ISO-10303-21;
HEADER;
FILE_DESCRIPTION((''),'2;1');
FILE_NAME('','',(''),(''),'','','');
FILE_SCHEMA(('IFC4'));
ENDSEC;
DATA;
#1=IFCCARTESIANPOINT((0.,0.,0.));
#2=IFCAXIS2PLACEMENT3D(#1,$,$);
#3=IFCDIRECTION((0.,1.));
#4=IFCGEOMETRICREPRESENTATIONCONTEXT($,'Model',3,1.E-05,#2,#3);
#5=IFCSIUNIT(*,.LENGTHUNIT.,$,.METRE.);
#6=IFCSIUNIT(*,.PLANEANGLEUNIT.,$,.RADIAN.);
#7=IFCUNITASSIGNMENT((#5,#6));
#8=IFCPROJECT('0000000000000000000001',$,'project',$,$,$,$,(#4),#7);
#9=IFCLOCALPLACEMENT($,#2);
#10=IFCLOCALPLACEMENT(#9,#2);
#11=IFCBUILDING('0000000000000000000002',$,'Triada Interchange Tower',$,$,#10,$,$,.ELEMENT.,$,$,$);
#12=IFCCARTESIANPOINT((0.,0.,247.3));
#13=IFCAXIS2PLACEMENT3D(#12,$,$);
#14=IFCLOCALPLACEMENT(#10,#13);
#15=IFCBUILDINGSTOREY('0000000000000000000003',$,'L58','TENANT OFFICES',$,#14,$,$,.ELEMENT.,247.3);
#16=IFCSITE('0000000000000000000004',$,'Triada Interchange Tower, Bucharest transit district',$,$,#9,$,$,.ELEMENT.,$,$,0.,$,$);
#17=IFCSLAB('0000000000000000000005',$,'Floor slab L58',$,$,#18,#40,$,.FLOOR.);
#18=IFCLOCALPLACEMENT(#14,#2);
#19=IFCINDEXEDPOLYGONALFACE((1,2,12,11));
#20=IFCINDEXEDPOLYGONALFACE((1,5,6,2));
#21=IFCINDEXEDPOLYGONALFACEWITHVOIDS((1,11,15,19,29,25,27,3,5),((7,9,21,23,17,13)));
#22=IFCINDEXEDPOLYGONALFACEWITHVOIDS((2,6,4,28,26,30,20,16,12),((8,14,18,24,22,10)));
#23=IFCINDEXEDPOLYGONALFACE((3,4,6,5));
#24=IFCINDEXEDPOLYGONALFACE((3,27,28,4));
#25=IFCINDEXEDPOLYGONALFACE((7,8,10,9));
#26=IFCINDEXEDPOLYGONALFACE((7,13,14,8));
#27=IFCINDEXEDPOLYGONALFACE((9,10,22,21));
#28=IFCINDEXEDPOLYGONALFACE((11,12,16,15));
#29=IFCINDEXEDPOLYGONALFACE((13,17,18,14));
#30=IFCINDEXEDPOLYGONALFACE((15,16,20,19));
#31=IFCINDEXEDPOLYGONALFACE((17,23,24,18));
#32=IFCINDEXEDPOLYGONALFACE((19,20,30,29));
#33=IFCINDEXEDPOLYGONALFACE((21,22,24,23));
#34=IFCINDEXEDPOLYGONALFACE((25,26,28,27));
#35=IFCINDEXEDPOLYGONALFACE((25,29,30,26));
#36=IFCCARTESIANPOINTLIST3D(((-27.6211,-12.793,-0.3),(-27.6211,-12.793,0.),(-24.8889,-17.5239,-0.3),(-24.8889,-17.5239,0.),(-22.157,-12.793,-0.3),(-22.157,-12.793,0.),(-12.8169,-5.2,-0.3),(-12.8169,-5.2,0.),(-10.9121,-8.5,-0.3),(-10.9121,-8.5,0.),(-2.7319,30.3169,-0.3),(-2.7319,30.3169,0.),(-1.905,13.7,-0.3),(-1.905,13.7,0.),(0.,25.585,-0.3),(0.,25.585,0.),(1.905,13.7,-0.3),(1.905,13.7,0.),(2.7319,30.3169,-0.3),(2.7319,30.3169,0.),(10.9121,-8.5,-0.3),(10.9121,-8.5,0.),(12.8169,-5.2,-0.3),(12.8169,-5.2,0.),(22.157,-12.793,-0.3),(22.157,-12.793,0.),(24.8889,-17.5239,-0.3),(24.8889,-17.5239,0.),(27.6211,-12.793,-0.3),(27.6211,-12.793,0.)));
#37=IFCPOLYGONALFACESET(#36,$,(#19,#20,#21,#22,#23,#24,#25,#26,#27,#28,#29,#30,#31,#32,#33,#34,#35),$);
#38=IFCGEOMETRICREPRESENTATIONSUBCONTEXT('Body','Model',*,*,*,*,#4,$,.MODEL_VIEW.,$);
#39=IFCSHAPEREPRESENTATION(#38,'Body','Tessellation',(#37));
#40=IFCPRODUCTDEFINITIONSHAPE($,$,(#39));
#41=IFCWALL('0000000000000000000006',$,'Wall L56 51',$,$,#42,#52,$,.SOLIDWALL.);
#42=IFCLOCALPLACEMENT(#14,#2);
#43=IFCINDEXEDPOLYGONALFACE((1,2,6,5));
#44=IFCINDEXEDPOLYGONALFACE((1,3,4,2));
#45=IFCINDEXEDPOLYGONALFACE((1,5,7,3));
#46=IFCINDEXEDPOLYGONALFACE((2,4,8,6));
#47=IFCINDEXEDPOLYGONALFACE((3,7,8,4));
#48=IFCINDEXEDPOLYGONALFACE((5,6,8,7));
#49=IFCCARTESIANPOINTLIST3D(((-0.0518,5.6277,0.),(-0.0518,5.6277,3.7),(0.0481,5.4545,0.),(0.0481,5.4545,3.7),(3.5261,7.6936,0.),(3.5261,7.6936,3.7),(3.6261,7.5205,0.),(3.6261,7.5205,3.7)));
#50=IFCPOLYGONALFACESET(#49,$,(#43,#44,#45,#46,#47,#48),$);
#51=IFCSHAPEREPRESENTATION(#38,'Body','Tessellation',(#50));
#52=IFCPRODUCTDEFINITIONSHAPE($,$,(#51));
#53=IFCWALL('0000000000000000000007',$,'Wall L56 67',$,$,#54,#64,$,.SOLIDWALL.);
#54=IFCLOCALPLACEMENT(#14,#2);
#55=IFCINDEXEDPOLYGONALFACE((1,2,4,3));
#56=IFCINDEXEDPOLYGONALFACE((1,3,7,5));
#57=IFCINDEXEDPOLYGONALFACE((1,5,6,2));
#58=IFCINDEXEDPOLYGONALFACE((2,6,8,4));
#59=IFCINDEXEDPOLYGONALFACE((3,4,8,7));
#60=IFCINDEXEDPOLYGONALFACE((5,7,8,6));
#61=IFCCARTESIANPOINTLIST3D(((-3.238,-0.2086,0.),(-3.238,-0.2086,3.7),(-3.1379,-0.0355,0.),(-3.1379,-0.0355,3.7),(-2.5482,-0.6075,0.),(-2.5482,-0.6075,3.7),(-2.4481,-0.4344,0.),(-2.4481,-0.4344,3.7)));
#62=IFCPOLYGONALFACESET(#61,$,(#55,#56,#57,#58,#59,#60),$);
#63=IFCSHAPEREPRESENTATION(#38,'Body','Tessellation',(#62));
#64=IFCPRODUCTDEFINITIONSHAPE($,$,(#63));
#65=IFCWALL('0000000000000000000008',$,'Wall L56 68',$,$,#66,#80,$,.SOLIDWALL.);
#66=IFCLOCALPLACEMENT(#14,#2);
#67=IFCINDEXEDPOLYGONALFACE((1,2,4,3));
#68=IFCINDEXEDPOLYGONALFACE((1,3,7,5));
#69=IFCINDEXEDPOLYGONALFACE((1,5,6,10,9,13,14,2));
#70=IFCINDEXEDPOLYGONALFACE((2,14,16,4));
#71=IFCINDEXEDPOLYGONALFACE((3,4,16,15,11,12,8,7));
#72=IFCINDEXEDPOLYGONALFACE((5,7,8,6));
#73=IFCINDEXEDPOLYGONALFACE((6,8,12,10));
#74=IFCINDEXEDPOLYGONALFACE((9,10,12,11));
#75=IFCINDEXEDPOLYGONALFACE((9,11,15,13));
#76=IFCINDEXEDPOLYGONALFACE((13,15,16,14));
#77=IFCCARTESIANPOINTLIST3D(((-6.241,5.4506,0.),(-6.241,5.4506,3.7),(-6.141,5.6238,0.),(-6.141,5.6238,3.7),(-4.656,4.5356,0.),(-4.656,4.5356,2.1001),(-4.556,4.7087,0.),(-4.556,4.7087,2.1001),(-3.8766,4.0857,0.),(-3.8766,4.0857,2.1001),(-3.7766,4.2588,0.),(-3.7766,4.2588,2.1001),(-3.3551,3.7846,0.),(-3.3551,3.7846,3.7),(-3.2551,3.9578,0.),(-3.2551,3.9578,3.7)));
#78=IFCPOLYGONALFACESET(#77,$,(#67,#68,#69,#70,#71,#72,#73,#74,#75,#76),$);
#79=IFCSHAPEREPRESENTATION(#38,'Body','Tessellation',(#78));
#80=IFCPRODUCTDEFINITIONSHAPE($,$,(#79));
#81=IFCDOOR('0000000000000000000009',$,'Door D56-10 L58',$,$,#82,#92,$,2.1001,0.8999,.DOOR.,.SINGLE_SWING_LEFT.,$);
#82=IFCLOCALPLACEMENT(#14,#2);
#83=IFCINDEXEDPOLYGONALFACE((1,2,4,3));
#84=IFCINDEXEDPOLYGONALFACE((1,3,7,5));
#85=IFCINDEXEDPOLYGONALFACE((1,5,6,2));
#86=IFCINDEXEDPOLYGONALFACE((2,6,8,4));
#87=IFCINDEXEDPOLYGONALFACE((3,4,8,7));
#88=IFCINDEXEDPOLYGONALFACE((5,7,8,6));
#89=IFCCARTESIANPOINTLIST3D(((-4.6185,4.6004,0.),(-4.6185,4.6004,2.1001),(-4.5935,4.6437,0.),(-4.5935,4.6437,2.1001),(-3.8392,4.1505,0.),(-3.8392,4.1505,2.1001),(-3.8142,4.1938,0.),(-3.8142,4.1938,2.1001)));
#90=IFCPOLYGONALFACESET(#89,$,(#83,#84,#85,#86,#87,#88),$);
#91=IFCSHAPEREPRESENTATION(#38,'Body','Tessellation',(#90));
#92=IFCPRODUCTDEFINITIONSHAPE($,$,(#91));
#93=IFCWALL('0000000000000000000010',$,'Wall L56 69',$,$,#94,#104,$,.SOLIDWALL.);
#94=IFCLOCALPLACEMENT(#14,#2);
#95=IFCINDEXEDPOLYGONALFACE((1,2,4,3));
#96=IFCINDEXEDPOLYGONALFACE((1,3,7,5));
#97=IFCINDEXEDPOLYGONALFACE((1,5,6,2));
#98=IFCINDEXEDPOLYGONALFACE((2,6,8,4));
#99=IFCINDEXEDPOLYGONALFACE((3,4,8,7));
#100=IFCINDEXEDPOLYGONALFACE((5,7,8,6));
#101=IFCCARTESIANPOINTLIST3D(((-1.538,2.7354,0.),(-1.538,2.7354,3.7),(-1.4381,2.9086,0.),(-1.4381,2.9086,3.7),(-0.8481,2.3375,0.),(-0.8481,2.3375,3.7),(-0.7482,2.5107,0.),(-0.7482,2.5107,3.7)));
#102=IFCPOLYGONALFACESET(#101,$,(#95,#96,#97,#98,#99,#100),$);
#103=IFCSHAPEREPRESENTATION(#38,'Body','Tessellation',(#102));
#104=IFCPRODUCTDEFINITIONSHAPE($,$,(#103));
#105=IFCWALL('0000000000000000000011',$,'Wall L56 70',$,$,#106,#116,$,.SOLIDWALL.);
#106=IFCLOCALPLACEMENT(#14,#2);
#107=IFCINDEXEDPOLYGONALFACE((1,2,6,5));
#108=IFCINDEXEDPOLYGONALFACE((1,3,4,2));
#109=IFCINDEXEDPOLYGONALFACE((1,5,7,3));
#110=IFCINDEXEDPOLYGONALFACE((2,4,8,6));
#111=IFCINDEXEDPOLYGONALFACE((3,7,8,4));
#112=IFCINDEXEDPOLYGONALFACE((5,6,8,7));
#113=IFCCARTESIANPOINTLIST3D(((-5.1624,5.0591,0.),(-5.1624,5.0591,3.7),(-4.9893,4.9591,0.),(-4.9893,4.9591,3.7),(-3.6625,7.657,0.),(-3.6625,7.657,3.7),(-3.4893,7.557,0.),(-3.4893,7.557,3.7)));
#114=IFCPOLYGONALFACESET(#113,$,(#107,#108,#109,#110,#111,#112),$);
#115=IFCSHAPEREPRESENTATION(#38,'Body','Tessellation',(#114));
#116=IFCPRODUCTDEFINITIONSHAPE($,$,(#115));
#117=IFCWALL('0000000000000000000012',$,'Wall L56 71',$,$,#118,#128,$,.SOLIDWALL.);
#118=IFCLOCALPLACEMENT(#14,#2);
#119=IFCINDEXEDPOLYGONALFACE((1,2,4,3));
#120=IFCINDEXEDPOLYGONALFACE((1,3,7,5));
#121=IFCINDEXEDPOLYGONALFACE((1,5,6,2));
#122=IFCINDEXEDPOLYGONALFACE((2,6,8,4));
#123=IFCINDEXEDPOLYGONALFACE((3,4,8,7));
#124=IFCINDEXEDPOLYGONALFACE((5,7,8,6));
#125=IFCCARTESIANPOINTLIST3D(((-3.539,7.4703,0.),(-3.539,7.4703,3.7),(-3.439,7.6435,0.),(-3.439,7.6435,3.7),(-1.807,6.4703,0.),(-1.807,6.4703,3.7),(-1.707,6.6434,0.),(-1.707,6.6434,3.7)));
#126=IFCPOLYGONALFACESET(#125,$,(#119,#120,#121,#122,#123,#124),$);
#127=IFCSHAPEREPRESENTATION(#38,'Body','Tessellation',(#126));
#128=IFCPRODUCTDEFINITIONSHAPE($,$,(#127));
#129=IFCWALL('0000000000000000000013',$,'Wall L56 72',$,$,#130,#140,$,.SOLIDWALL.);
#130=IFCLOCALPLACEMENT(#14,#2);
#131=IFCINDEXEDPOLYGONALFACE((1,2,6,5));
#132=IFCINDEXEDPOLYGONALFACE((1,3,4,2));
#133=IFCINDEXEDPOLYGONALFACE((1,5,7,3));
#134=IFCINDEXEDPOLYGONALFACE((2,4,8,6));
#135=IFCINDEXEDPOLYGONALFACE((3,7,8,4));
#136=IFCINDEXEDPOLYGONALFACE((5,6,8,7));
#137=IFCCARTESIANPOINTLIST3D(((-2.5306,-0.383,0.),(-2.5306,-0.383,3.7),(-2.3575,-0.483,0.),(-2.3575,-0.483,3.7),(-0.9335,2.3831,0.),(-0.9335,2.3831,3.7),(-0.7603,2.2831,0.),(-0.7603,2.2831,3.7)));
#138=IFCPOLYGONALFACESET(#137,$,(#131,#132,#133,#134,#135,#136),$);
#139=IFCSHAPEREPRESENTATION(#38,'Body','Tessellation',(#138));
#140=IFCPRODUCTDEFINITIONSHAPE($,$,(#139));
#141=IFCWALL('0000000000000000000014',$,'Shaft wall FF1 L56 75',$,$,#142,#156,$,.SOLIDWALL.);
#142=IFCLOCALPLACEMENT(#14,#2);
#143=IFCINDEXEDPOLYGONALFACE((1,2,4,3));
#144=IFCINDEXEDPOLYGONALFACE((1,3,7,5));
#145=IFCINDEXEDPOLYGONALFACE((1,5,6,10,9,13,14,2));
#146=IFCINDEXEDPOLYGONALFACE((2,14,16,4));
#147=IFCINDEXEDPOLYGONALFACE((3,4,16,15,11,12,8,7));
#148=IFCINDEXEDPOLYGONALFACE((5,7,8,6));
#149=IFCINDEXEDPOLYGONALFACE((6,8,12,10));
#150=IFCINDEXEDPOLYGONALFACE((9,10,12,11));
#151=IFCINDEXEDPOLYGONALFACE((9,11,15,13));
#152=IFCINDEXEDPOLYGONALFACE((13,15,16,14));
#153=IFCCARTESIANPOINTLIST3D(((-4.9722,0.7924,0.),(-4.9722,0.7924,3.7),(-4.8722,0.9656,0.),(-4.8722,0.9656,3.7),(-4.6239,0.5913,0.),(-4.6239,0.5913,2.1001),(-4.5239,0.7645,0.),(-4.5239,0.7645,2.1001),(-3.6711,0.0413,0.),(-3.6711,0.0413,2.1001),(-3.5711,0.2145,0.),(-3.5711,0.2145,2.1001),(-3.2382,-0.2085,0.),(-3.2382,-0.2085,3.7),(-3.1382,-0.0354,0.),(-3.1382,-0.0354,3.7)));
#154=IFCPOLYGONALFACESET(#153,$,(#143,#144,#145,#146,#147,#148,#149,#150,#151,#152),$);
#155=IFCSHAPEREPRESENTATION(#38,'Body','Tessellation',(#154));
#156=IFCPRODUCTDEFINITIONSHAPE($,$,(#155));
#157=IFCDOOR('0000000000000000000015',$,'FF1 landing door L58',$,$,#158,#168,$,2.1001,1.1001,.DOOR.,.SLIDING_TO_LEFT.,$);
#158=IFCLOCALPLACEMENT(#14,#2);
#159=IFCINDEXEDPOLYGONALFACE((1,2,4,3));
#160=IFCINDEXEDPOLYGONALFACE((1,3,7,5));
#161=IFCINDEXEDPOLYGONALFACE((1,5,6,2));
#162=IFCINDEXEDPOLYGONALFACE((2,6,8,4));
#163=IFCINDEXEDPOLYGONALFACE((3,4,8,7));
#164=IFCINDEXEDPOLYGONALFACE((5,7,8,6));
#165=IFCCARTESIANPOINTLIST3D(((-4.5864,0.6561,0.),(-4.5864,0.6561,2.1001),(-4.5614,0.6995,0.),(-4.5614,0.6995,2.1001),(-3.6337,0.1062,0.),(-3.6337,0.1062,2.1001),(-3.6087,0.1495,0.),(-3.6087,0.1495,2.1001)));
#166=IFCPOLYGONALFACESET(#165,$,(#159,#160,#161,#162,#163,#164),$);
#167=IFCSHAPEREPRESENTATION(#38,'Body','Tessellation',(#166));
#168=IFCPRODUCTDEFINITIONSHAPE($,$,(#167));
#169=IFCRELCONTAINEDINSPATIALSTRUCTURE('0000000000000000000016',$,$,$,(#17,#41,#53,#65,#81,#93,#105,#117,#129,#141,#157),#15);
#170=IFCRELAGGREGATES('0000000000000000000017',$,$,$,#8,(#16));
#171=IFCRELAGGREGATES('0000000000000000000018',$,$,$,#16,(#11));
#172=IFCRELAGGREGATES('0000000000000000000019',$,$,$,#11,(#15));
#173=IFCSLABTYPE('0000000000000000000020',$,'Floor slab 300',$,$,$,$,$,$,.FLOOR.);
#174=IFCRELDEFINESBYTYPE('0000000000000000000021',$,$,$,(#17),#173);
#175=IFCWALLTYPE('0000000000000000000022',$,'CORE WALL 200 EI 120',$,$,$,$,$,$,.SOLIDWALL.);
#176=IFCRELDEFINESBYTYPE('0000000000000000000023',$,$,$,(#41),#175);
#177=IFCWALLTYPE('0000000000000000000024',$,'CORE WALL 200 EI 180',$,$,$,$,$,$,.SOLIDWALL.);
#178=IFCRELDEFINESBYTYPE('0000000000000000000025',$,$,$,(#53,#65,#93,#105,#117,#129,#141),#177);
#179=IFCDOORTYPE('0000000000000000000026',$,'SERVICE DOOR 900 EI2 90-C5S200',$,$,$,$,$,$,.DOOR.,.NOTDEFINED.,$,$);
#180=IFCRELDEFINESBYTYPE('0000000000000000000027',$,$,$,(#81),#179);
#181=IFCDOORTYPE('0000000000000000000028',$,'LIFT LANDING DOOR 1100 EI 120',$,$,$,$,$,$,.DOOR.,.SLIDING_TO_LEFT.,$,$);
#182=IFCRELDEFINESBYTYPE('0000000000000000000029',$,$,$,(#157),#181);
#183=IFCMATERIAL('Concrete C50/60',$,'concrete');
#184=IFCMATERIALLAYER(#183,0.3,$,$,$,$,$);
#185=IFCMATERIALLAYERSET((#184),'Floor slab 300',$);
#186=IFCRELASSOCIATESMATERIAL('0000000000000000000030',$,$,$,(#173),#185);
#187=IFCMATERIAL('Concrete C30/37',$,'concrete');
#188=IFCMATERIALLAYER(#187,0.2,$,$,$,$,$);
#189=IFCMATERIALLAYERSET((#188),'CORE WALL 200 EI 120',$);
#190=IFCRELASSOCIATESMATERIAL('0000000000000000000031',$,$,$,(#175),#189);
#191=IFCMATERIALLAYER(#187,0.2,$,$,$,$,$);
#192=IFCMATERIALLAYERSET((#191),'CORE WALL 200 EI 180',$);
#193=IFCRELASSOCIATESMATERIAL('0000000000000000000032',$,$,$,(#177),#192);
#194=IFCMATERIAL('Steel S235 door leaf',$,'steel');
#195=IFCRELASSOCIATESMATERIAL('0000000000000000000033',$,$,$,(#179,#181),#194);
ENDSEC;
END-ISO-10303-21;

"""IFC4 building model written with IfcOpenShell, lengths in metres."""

from ifc_helpers import new_model, si_unit, direction, frame, frame_2d, origin, place, context, subcontext, project, spatial, polyline, rectangle, outline, extrude, material, layer, layer_set, type_object, element, fill, save


model = new_model("IFC4")

# Units and contexts
model_context = context("Model", 3, precision=1e-05, world=origin(), true_north=direction((0.0, 1.0)))
body_context = subcontext(model_context, "Body", "Model", "MODEL_VIEW")
ifc_project = project(units=[si_unit("LENGTHUNIT", "METRE"), si_unit("PLANEANGLEUNIT", "RADIAN")], contexts=[model_context])

# Site, building, storey
site_placement = place(None, origin())
site = spatial("IfcSite", under=ifc_project, at=site_placement, Name="Triada Interchange Tower, Bucharest transit district", CompositionType="ELEMENT", RefElevation=0.0)
building_placement = place(site_placement, origin())
building = spatial("IfcBuilding", under=site, at=building_placement, Name="Triada Interchange Tower", CompositionType="ELEMENT")
storey_placement = place(building_placement, frame((0.0, 0.0, 247.3)))
storey = spatial("IfcBuildingStorey", under=building, at=storey_placement, Name="L58", Description="TENANT OFFICES", CompositionType="ELEMENT", Elevation=247.3)

# Slab
ifc_material_1 = material(Name="Concrete C50/60", Category="concrete")
ifc_layer_1 = layer(ifc_material_1, 0.3)
ifc_layer_set_1 = layer_set([ifc_layer_1], Name="Floor slab 300")
slab_type = type_object("IfcSlabType", Name="Floor slab 300", PredefinedType="FLOOR", material=ifc_layer_set_1)
slab_placement = place(storey_placement, frame((0.0, 0.0, -0.3)))
element("IfcSlab", 1, at=slab_placement, inside=storey, type_object=slab_type, Name="Floor slab L58", PredefinedType="FLOOR", context=body_context, shape_type="SweptSolid", body=[
    extrude(outline(polyline([(-2.7319, 30.3169), (-27.6211, -12.793), (-22.157, -12.793), (-24.8889, -17.5239), (24.8889, -17.5239), (22.157, -12.793), (27.6211, -12.793), (2.7319, 30.3169), (0.0, 25.585), (-2.7319, 30.3169)]), holes=[polyline([(1.905, 13.7), (-1.905, 13.7), (-12.8169, -5.2), (-10.9121, -8.5), (10.9121, -8.5), (12.8169, -5.2), (1.905, 13.7)])]), origin(), (0.0, 0.0, 1.0), 0.3),
])

# Walls
ifc_material_2 = material(Name="Concrete C30/37", Category="concrete")
ifc_layer_2 = layer(ifc_material_2, 0.2)
ifc_layer_set_2 = layer_set([ifc_layer_2], Name="CORE WALL 200 EI 120")
wall_type_1 = type_object("IfcWallType", Name="CORE WALL 200 EI 120", PredefinedType="SOLIDWALL", material=ifc_layer_set_2)
wall_1_placement = place(storey_placement, frame((-0.002, 5.541, 0.0), z_axis=(0.0, 0.0, 1.0), x_axis=(0.866002, 0.500041, 0.0)))
element("IfcWall", 2, at=wall_1_placement, inside=storey, type_object=wall_type_1, Name="Wall L56 51", PredefinedType="SOLIDWALL", context=body_context, shape_type="SweptSolid", body=[
    extrude(rectangle(XDim=4.1316, YDim=0.2, at=frame_2d((2.0659, 0.0))), origin(), (0.0, 0.0, 1.0), 3.7),
])
ifc_layer_3 = layer(ifc_material_2, 0.2)
ifc_layer_set_3 = layer_set([ifc_layer_3], Name="CORE WALL 200 EI 180")
wall_type_2 = type_object("IfcWallType", Name="CORE WALL 200 EI 180", PredefinedType="SOLIDWALL", material=ifc_layer_set_3)
wall_2_placement = place(storey_placement, frame((-3.188, -0.1221, 0.0), z_axis=(0.0, 0.0, 1.0), x_axis=(0.865706, -0.500553, 0.0)))
element("IfcWall", 3, at=wall_2_placement, inside=storey, type_object=wall_type_2, Name="Wall L56 67", PredefinedType="SOLIDWALL", context=body_context, shape_type="SweptSolid", body=[
    extrude(rectangle(XDim=0.7969, YDim=0.2, at=frame_2d((0.3984, 0.0))), origin(), (0.0, 0.0, 1.0), 3.7),
])

# Wall, opening, door
wall_3_placement = place(storey_placement, frame((-6.1909, 5.5371, 0.0), z_axis=(0.0, 0.0, 1.0), x_axis=(0.866053, -0.499953, 0.0)))
wall_3 = element("IfcWall", 4, at=wall_3_placement, inside=storey, type_object=wall_type_2, Name="Wall L56 68", PredefinedType="SOLIDWALL", context=body_context, shape_type="SweptSolid", body=[
    extrude(rectangle(XDim=3.3323, YDim=0.2, at=frame_2d((1.666, 0.0))), origin(), (0.0, 0.0, 1.0), 3.7),
])
opening_1_placement = place(wall_3_placement, frame((1.8301, 0.0, 0.0)))
opening_1 = element("IfcOpeningElement", 5, at=opening_1_placement, cuts=wall_3, PredefinedType="OPENING", context=body_context, shape_type="SweptSolid", body=[
    extrude(rectangle(XDim=0.8999, YDim=2.1001, at=frame_2d((0.45, 1.05))), frame((0.0, 0.1099, 0.0), z_axis=(0.0, -1.0, 0.0), x_axis=(1.0, 0.0, 0.0)), (0.0, 0.0, 1.0), 0.22),
])
ifc_material_3 = material(Name="Steel S235 door leaf", Category="steel")
door_type_1 = type_object("IfcDoorType", Name="SERVICE DOOR 900 EI2 90-C5S200", OperationType="NOTDEFINED", PredefinedType="DOOR", material=ifc_material_3)
door_1_placement = place(opening_1_placement, origin())
door_1 = element("IfcDoor", 6, at=door_1_placement, inside=storey, type_object=door_type_1, Name="Door D56-10 L58", OperationType="SINGLE_SWING_LEFT", OverallHeight=2.1001, OverallWidth=0.8999, PredefinedType="DOOR", context=body_context, shape_type="SweptSolid", body=[
    extrude(rectangle(XDim=0.8999, YDim=2.1001, at=frame_2d((0.45, 1.05))), frame((0.0, 0.0249, 0.0), z_axis=(0.0, -1.0, 0.0), x_axis=(1.0, 0.0, 0.0)), (0.0, 0.0, 1.0), 0.05),
])
fill(opening_1, door_1)

# Walls
wall_4_placement = place(storey_placement, frame((-1.488, 2.822, 0.0), z_axis=(0.0, 0.0, 1.0), x_axis=(0.866237, -0.499634, 0.0)))
element("IfcWall", 7, at=wall_4_placement, inside=storey, type_object=wall_type_2, Name="Wall L56 69", PredefinedType="SOLIDWALL", context=body_context, shape_type="SweptSolid", body=[
    extrude(rectangle(XDim=0.7964, YDim=0.2, at=frame_2d((0.3982, 0.0))), origin(), (0.0, 0.0, 1.0), 3.7),
])
wall_5_placement = place(storey_placement, frame((-5.0759, 5.009, 0.0), z_axis=(0.0, 0.0, 1.0), x_axis=(0.500025, 0.866011, 0.0)))
element("IfcWall", 8, at=wall_5_placement, inside=storey, type_object=wall_type_2, Name="Wall L56 70", PredefinedType="SOLIDWALL", context=body_context, shape_type="SweptSolid", body=[
    extrude(rectangle(XDim=2.9998, YDim=0.2, at=frame_2d((1.5, 0.0))), origin(), (0.0, 0.0, 1.0), 3.7),
])
wall_6_placement = place(storey_placement, frame((-3.489, 7.5569, 0.0), z_axis=(0.0, 0.0, 1.0), x_axis=(0.866011, -0.500025, 0.0)))
element("IfcWall", 9, at=wall_6_placement, inside=storey, type_object=wall_type_2, Name="Wall L56 71", PredefinedType="SOLIDWALL", context=body_context, shape_type="SweptSolid", body=[
    extrude(rectangle(XDim=2.0, YDim=0.2, at=frame_2d((1.0, 0.0))), origin(), (0.0, 0.0, 1.0), 3.7),
])
wall_7_placement = place(storey_placement, frame((-2.4441, -0.4331, 0.0), z_axis=(0.0, 0.0, 1.0), x_axis=(0.500036, 0.866005, 0.0)))
element("IfcWall", 10, at=wall_7_placement, inside=storey, type_object=wall_type_2, Name="Wall L56 72", PredefinedType="SOLIDWALL", context=body_context, shape_type="SweptSolid", body=[
    extrude(rectangle(XDim=3.1941, YDim=0.2, at=frame_2d((1.5972, 0.0))), origin(), (0.0, 0.0, 1.0), 3.7),
])

# Wall, opening, door
wall_8_placement = place(storey_placement, frame((-4.9221, 0.8789, 0.0), z_axis=(0.0, 0.0, 1.0), x_axis=(0.866074, -0.499916, 0.0)))
wall_8 = element("IfcWall", 11, at=wall_8_placement, inside=storey, type_object=wall_type_2, Name="Shaft wall FF1 L56 75", PredefinedType="SOLIDWALL", context=body_context, shape_type="SweptSolid", body=[
    extrude(rectangle(XDim=2.0022, YDim=0.2, at=frame_2d((1.001, 0.0))), origin(), (0.0, 0.0, 1.0), 3.7),
])
opening_2_placement = place(wall_8_placement, frame((0.4021, 0.0, 0.0)))
opening_2 = element("IfcOpeningElement", 12, at=opening_2_placement, cuts=wall_8, PredefinedType="OPENING", context=body_context, shape_type="SweptSolid", body=[
    extrude(rectangle(XDim=1.1001, YDim=2.1001, at=frame_2d((0.55, 1.05))), frame((0.0, 0.1099, 0.0), z_axis=(0.0, -1.0, 0.0), x_axis=(1.0, 0.0, 0.0)), (0.0, 0.0, 1.0), 0.22),
])
door_type_2 = type_object("IfcDoorType", Name="LIFT LANDING DOOR 1100 EI 120", OperationType="SLIDING_TO_LEFT", PredefinedType="DOOR", material=ifc_material_3)
door_2_placement = place(opening_2_placement, origin())
door_2 = element("IfcDoor", 13, at=door_2_placement, inside=storey, type_object=door_type_2, Name="FF1 landing door L58", OperationType="SLIDING_TO_LEFT", OverallHeight=2.1001, OverallWidth=1.1001, PredefinedType="DOOR", context=body_context, shape_type="SweptSolid", body=[
    extrude(rectangle(XDim=1.1001, YDim=2.1001, at=frame_2d((0.55, 1.05))), frame((0.0, 0.0249, 0.0), z_axis=(0.0, -1.0, 0.0), x_axis=(1.0, 0.0, 0.0)), (0.0, 0.0, 1.0), 0.05),
])
fill(opening_2, door_2)

save(model, "model.ifc")
